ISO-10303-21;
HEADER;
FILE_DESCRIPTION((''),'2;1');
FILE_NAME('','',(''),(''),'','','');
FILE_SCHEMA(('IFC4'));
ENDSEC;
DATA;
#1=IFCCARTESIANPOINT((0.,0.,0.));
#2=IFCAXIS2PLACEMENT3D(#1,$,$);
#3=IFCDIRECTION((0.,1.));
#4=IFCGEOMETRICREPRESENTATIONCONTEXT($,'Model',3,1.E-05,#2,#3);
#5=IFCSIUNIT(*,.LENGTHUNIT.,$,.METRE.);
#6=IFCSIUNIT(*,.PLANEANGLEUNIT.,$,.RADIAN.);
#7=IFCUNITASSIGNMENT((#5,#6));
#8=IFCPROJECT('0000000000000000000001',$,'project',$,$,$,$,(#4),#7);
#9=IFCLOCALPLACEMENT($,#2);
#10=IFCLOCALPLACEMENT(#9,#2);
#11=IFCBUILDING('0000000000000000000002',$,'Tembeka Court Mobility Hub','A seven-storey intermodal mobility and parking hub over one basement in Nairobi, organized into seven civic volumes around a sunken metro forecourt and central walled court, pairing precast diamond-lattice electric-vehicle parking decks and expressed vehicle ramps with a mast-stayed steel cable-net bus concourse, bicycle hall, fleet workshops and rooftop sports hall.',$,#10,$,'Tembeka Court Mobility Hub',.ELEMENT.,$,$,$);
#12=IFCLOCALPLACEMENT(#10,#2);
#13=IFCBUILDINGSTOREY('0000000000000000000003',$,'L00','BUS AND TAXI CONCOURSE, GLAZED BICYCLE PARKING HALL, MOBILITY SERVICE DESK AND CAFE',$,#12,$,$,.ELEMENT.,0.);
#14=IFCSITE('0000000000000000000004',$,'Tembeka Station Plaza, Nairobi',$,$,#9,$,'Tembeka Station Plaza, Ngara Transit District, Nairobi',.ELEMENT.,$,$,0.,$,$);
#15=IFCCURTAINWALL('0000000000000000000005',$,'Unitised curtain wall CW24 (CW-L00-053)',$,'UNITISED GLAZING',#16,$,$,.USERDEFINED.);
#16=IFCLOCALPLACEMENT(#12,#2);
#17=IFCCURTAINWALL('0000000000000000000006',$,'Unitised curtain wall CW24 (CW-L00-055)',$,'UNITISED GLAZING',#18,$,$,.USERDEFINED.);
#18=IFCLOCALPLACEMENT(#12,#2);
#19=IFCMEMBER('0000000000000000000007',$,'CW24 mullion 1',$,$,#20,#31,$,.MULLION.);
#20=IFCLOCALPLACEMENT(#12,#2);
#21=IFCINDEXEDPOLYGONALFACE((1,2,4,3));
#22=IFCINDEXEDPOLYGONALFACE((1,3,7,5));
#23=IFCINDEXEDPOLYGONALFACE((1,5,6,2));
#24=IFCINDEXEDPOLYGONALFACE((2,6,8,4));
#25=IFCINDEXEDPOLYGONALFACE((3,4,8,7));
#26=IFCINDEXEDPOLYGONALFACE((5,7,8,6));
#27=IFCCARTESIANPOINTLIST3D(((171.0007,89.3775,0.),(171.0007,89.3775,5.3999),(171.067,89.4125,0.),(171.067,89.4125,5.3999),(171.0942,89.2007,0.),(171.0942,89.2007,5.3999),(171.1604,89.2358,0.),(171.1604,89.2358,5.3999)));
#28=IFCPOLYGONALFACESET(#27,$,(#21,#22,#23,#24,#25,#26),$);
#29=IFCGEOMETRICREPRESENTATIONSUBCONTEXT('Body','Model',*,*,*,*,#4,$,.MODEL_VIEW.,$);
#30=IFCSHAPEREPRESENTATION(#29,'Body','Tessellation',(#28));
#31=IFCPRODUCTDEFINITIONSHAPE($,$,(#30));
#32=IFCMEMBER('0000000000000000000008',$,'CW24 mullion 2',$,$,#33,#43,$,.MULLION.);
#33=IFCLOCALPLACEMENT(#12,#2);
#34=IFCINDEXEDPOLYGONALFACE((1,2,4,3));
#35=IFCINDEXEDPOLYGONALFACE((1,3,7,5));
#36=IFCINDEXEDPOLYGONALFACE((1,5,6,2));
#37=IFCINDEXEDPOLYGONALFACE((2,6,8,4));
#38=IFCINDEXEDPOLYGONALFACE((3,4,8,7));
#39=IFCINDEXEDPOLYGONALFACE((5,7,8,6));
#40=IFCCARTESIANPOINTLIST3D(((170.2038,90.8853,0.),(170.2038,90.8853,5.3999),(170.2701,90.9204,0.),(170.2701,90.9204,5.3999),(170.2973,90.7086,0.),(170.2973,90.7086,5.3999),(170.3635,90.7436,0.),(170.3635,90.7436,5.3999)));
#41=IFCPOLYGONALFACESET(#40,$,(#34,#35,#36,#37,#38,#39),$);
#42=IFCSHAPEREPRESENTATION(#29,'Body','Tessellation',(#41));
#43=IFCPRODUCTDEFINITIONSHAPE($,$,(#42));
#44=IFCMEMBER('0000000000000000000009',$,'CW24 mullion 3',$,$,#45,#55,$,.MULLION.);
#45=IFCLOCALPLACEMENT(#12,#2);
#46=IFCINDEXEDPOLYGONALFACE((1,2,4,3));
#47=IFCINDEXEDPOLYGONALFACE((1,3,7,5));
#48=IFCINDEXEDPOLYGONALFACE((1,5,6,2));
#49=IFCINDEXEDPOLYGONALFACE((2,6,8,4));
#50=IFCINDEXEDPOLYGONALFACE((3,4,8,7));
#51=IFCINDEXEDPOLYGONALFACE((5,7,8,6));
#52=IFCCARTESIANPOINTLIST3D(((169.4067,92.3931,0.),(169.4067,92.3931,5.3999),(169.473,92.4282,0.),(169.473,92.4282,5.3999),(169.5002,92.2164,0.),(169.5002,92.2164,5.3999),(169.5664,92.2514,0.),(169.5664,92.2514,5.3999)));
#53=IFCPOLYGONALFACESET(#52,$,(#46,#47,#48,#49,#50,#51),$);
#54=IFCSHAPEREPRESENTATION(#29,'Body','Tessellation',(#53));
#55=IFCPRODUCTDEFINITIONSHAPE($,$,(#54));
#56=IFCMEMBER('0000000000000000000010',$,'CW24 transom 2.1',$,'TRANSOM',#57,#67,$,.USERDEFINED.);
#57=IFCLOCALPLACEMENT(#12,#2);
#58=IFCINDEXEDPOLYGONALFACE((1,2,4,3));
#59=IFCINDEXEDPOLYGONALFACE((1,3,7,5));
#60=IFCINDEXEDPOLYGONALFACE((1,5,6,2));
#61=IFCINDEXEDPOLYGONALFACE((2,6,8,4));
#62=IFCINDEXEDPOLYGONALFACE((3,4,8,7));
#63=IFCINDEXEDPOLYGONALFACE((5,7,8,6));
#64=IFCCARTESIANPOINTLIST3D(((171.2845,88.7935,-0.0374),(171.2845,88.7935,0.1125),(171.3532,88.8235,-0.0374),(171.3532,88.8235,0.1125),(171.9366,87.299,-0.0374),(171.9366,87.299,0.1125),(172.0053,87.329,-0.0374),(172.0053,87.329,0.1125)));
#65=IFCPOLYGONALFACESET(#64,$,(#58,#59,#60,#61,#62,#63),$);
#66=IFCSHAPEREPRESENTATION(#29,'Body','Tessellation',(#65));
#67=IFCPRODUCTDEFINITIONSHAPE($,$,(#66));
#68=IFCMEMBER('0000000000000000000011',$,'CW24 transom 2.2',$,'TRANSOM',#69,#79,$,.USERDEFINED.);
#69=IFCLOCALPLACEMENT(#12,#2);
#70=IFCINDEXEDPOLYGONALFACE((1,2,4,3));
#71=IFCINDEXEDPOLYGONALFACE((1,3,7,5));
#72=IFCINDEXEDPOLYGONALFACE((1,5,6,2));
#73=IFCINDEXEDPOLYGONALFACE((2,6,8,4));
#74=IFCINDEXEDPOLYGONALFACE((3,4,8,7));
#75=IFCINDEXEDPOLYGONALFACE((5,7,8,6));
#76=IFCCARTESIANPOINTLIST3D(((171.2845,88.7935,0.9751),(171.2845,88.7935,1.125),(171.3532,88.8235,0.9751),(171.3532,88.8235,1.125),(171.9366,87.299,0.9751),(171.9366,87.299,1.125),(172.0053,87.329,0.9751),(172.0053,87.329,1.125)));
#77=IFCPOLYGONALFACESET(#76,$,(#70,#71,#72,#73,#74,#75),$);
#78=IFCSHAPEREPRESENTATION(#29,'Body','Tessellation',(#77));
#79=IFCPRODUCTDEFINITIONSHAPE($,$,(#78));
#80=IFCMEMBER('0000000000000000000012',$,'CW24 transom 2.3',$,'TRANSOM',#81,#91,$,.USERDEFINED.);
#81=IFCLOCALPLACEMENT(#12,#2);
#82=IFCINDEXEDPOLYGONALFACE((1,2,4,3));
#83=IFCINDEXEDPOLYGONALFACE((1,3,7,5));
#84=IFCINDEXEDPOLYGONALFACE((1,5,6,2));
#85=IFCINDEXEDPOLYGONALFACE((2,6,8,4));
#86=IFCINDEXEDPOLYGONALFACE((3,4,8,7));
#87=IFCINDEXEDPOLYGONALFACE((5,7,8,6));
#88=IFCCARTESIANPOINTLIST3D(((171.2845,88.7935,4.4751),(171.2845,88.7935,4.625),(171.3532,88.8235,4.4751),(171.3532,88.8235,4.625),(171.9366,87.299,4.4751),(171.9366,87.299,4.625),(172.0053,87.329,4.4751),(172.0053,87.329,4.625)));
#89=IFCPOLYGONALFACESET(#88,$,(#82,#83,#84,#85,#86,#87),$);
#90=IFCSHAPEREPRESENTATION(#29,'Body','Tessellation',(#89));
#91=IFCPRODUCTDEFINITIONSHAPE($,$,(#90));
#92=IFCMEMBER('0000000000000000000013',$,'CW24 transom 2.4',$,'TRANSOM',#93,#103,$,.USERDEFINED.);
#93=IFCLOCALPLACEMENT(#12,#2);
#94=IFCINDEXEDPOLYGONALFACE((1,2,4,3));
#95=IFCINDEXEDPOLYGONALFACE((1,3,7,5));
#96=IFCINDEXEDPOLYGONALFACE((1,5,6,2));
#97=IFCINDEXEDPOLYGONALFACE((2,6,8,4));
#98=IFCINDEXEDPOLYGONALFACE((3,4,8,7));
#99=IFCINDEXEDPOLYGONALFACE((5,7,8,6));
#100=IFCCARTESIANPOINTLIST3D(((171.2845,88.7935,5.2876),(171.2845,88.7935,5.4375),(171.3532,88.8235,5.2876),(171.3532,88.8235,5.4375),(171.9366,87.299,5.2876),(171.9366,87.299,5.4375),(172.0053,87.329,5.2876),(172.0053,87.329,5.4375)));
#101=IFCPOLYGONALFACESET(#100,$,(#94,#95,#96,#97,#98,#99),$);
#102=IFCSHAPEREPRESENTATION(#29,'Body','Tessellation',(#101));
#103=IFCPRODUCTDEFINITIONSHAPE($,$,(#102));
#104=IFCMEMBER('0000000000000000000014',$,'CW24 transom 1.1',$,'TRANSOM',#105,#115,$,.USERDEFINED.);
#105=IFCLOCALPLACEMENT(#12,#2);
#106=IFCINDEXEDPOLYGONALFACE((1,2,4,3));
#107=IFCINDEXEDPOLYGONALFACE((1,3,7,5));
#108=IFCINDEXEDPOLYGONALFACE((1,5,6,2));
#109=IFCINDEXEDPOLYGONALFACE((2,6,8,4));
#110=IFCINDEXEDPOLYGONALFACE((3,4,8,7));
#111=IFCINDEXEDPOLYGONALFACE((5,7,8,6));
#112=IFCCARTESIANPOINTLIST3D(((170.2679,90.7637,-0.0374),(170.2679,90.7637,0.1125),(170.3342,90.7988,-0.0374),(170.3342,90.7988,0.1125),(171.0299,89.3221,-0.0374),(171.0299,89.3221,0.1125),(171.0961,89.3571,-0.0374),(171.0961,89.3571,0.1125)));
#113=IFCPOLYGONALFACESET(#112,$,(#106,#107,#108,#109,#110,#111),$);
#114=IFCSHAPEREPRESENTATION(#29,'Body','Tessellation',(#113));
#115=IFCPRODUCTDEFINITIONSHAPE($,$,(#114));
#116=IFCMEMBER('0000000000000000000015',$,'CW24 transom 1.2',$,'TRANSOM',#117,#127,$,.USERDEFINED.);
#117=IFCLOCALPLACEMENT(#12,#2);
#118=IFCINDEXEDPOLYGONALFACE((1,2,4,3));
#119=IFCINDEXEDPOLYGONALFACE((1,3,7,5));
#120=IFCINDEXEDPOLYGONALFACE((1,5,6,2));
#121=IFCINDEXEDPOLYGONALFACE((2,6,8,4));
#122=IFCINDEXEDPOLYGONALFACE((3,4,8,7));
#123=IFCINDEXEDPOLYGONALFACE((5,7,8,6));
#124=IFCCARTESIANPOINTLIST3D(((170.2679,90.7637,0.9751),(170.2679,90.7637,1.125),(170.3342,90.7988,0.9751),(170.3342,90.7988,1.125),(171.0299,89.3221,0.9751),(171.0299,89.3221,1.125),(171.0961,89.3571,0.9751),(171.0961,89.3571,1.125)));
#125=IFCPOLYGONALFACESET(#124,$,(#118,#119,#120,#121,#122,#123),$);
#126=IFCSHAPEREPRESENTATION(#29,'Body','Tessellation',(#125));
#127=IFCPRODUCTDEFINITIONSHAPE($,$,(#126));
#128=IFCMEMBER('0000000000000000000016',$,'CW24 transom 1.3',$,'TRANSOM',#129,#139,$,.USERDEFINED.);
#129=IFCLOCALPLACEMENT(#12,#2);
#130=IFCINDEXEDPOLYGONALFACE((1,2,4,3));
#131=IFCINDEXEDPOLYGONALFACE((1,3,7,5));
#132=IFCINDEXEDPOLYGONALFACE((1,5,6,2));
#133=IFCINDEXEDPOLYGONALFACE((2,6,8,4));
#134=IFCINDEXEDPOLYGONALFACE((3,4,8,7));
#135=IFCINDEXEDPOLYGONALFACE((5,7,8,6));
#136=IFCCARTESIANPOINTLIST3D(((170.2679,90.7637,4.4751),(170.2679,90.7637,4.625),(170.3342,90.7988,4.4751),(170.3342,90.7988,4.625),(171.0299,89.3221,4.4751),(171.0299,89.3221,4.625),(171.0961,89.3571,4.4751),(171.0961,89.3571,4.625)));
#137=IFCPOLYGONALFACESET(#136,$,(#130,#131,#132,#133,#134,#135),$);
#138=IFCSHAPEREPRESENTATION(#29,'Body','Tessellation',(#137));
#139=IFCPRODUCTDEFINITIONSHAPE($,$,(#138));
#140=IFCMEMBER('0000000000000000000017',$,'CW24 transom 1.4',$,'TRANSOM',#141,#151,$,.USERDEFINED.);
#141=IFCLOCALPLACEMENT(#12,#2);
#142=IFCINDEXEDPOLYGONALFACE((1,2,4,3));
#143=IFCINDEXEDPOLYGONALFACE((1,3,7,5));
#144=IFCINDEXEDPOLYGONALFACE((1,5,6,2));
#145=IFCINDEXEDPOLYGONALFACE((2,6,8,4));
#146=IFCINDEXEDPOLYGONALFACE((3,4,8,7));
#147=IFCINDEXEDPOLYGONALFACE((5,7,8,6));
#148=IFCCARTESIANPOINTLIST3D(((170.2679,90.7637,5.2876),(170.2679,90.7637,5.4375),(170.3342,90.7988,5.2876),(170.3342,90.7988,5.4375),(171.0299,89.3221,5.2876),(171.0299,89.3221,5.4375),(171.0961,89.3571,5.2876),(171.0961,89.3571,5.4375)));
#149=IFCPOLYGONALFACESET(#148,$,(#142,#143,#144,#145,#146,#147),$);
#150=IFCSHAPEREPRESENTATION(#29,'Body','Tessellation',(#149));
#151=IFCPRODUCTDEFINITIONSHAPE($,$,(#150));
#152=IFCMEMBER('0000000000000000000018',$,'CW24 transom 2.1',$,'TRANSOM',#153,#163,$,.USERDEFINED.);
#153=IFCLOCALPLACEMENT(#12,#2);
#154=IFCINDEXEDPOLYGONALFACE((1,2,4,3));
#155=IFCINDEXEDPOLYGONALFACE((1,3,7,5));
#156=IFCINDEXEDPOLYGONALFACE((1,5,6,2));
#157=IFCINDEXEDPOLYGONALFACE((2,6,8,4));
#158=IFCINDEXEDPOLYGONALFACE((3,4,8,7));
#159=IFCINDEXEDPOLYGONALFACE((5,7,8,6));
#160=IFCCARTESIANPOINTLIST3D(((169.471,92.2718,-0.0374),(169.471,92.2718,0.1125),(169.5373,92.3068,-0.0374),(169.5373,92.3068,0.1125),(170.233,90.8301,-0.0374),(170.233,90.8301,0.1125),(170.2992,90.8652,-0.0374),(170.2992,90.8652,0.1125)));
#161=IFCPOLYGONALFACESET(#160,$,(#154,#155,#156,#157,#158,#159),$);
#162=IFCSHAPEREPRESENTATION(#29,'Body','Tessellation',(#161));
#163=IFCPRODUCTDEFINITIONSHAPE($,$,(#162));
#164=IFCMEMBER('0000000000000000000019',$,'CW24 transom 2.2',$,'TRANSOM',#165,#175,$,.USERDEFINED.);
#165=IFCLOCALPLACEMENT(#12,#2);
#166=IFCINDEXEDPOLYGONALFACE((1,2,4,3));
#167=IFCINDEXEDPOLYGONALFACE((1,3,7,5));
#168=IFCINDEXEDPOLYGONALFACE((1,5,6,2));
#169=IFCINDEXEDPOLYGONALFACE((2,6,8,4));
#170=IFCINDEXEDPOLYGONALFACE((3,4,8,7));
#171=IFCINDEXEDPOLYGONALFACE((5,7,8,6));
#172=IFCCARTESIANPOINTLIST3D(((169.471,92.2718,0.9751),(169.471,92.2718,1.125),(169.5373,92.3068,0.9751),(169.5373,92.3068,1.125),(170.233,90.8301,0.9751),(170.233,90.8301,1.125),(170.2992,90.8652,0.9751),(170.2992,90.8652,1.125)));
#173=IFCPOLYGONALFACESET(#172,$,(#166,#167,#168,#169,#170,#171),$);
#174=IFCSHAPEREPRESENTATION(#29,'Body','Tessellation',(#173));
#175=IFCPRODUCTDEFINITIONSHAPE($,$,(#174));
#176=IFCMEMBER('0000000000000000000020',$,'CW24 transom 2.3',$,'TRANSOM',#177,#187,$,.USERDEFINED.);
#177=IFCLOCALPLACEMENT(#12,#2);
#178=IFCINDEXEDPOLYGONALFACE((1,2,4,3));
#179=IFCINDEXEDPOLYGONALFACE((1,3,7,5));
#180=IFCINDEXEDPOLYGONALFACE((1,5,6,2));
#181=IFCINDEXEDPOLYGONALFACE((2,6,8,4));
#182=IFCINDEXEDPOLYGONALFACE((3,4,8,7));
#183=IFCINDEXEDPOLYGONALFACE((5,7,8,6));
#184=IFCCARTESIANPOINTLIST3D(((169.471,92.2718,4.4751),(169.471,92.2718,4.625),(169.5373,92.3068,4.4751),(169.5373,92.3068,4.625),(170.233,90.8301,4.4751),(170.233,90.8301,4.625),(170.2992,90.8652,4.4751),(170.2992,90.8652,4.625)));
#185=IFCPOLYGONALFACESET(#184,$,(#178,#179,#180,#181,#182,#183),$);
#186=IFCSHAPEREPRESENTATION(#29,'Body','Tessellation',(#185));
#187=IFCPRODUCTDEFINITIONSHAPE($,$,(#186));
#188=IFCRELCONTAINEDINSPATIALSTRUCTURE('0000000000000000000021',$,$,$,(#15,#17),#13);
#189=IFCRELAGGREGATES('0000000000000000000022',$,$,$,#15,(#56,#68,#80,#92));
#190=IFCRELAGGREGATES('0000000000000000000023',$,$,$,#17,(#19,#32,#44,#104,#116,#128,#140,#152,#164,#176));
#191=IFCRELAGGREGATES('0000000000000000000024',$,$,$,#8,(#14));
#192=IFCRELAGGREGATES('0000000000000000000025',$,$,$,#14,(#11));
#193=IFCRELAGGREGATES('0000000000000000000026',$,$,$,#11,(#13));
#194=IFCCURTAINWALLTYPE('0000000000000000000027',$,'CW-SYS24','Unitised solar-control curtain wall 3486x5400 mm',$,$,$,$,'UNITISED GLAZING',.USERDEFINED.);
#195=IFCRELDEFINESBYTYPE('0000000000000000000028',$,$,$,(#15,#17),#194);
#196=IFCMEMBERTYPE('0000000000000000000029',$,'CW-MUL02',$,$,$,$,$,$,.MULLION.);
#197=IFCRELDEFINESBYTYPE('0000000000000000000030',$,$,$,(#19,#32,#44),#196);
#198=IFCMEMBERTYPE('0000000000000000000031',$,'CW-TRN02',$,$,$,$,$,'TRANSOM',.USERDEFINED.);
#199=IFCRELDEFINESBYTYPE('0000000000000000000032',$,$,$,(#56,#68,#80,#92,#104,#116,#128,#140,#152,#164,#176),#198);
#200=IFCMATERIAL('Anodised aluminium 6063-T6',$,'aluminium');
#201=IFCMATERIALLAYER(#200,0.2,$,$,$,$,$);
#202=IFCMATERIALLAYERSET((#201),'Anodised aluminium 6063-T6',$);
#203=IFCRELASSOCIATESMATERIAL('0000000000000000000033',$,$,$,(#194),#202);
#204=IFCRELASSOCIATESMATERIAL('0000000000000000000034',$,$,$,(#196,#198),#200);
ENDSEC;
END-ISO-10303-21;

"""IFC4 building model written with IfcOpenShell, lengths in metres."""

from ifc_helpers import new_model, si_unit, direction, frame, origin, origin_2d, place, context, subcontext, project, spatial, rectangle, extrude, material, layer, layer_set, material_profile, profile_set, type_object, element, aggregate, save


model = new_model("IFC4")

# Units and contexts
model_context = context("Model", 3, precision=1e-05, world=origin(), true_north=direction((0.0, 1.0)))
body_context = subcontext(model_context, "Body", "Model", "MODEL_VIEW")
ifc_project = project(units=[si_unit("LENGTHUNIT", "METRE"), si_unit("PLANEANGLEUNIT", "RADIAN")], contexts=[model_context])

# Site, building, storey
site_placement = place(None, origin())
site = spatial("IfcSite", under=ifc_project, at=site_placement, Name="Tembeka Station Plaza, Nairobi", LongName="Tembeka Station Plaza, Ngara Transit District, Nairobi", CompositionType="ELEMENT", RefElevation=0.0)
building_placement = place(site_placement, origin())
building = spatial("IfcBuilding", under=site, at=building_placement, Name="Tembeka Court Mobility Hub", Description="A seven-storey intermodal mobility and parking hub over one basement in Nairobi, organized into seven civic volumes around a sunken metro forecourt and central walled court, pairing precast diamond-lattice electric-vehicle parking decks and expressed vehicle ramps with a mast-stayed steel cable-net bus concourse, bicycle hall, fleet workshops and rooftop sports hall.", LongName="Tembeka Court Mobility Hub", CompositionType="ELEMENT")
storey_placement = place(building_placement, origin())
storey = spatial("IfcBuildingStorey", under=building, at=storey_placement, Name="L00", Description="BUS AND TAXI CONCOURSE, GLAZED BICYCLE PARKING HALL, MOBILITY SERVICE DESK AND CAFE", CompositionType="ELEMENT", Elevation=0.0)

# Curtain walls, members
ifc_material_1 = material(Name="Anodised aluminium 6063-T6", Category="aluminium")
ifc_layer_1 = layer(ifc_material_1, 0.2)
ifc_layer_set_1 = layer_set([ifc_layer_1], Name="Anodised aluminium 6063-T6")
curtain_wall_type = type_object("IfcCurtainWallType", Name="CW-SYS24", Description="Unitised solar-control curtain wall 3486x5400 mm", ElementType="UNITISED GLAZING", PredefinedType="USERDEFINED", material=ifc_layer_set_1)
curtain_wall_1_placement = place(storey_placement, origin())
curtain_wall_1 = element("IfcCurtainWall", 1, at=curtain_wall_1_placement, inside=storey, type_object=curtain_wall_type, Name="Unitised curtain wall CW24 (CW-L00-053)", ObjectType="UNITISED GLAZING", PredefinedType="USERDEFINED")
ifc_material_profile_1 = material_profile(ifc_material_1, rectangle(XDim=0.075, YDim=0.2, at=origin_2d()), Name="ALU-MUL 75x200")
ifc_profile_set_1 = profile_set([ifc_material_profile_1], Name="Anodised aluminium 6063-T6")
member_type_1 = type_object("IfcMemberType", Name="CW-MUL02", PredefinedType="MULLION", material=ifc_profile_set_1)
curtain_wall_2_placement = place(storey_placement, origin())
curtain_wall_2 = element("IfcCurtainWall", 2, at=curtain_wall_2_placement, inside=storey, type_object=curtain_wall_type, Name="Unitised curtain wall CW24 (CW-L00-055)", ObjectType="UNITISED GLAZING", PredefinedType="USERDEFINED")
member_1_placement = place(storey_placement, frame((171.0806, 89.3066, 0.0), z_axis=(0.0, 0.0, 1.0), x_axis=(-0.884108, -0.467283, 0.0)))
member_1 = element("IfcMember", 3, at=member_1_placement, type_object=member_type_1, Name="CW24 mullion 1", PredefinedType="MULLION", context=body_context, shape_type="SweptSolid", body=[
    extrude(rectangle(XDim=0.075, YDim=0.2, at=origin_2d()), origin(), (0.0, 0.0, 1.0), 5.3999),
])
member_2_placement = place(storey_placement, frame((170.2837, 90.8145, 0.0), z_axis=(0.0, 0.0, 1.0), x_axis=(-0.884108, -0.467283, 0.0)))
member_2 = element("IfcMember", 4, at=member_2_placement, type_object=member_type_1, Name="CW24 mullion 2", PredefinedType="MULLION", context=body_context, shape_type="SweptSolid", body=[
    extrude(rectangle(XDim=0.075, YDim=0.2, at=origin_2d()), origin(), (0.0, 0.0, 1.0), 5.3999),
])
member_3_placement = place(storey_placement, frame((169.4866, 92.3223, 0.0), z_axis=(0.0, 0.0, 1.0), x_axis=(-0.884108, -0.467283, 0.0)))
member_3 = element("IfcMember", 5, at=member_3_placement, type_object=member_type_1, Name="CW24 mullion 3", PredefinedType="MULLION", context=body_context, shape_type="SweptSolid", body=[
    extrude(rectangle(XDim=0.075, YDim=0.2, at=origin_2d()), origin(), (0.0, 0.0, 1.0), 5.3999),
])

# Members
ifc_material_profile_2 = material_profile(ifc_material_1, rectangle(XDim=0.075, YDim=0.1499, at=origin_2d()), Name="ALU-TRN 75x150")
ifc_profile_set_2 = profile_set([ifc_material_profile_2], Name="Anodised aluminium 6063-T6")
member_type_2 = type_object("IfcMemberType", Name="CW-TRN02", ElementType="TRANSOM", PredefinedType="USERDEFINED", material=ifc_profile_set_2)
member_4_placement = place(storey_placement, frame((171.9709, 87.314, 0.0376), z_axis=(-0.399892, 0.916562, 0.0), x_axis=(-0.916562, -0.399892, 0.0)))
member_4 = element("IfcMember", 6, at=member_4_placement, type_object=member_type_2, Name="CW24 transom 2.1", ObjectType="TRANSOM", PredefinedType="USERDEFINED", context=body_context, shape_type="SweptSolid", body=[
    extrude(rectangle(XDim=0.075, YDim=0.1499, at=origin_2d()), origin(), (0.0, 0.0, 1.0), 1.6306),
])
member_5_placement = place(storey_placement, frame((171.9709, 87.314, 1.05), z_axis=(-0.399892, 0.916562, 0.0), x_axis=(-0.916562, -0.399892, 0.0)))
member_5 = element("IfcMember", 7, at=member_5_placement, type_object=member_type_2, Name="CW24 transom 2.2", ObjectType="TRANSOM", PredefinedType="USERDEFINED", context=body_context, shape_type="SweptSolid", body=[
    extrude(rectangle(XDim=0.075, YDim=0.1499, at=origin_2d()), origin(), (0.0, 0.0, 1.0), 1.6306),
])
member_6_placement = place(storey_placement, frame((171.9709, 87.314, 4.55), z_axis=(-0.399892, 0.916562, 0.0), x_axis=(-0.916562, -0.399892, 0.0)))
member_6 = element("IfcMember", 8, at=member_6_placement, type_object=member_type_2, Name="CW24 transom 2.3", ObjectType="TRANSOM", PredefinedType="USERDEFINED", context=body_context, shape_type="SweptSolid", body=[
    extrude(rectangle(XDim=0.075, YDim=0.1499, at=origin_2d()), origin(), (0.0, 0.0, 1.0), 1.6306),
])
member_7_placement = place(storey_placement, frame((171.9709, 87.314, 5.3625), z_axis=(-0.399892, 0.916562, 0.0), x_axis=(-0.916562, -0.399892, 0.0)))
member_7 = element("IfcMember", 9, at=member_7_placement, type_object=member_type_2, Name="CW24 transom 2.4", ObjectType="TRANSOM", PredefinedType="USERDEFINED", context=body_context, shape_type="SweptSolid", body=[
    extrude(rectangle(XDim=0.075, YDim=0.1499, at=origin_2d()), origin(), (0.0, 0.0, 1.0), 1.6306),
])
member_8_placement = place(storey_placement, frame((171.063, 89.3396, 0.0376), z_axis=(-0.467282, 0.884108, 0.0), x_axis=(-0.884108, -0.467282, 0.0)))
member_8 = element("IfcMember", 10, at=member_8_placement, type_object=member_type_2, Name="CW24 transom 1.1", ObjectType="TRANSOM", PredefinedType="USERDEFINED", context=body_context, shape_type="SweptSolid", body=[
    extrude(rectangle(XDim=0.075, YDim=0.1499, at=origin_2d()), origin(), (0.0, 0.0, 1.0), 1.6306),
])
member_9_placement = place(storey_placement, frame((171.063, 89.3396, 1.05), z_axis=(-0.467282, 0.884108, 0.0), x_axis=(-0.884108, -0.467282, 0.0)))
member_9 = element("IfcMember", 11, at=member_9_placement, type_object=member_type_2, Name="CW24 transom 1.2", ObjectType="TRANSOM", PredefinedType="USERDEFINED", context=body_context, shape_type="SweptSolid", body=[
    extrude(rectangle(XDim=0.075, YDim=0.1499, at=origin_2d()), origin(), (0.0, 0.0, 1.0), 1.6306),
])
member_10_placement = place(storey_placement, frame((171.063, 89.3396, 4.55), z_axis=(-0.467282, 0.884108, 0.0), x_axis=(-0.884108, -0.467282, 0.0)))
member_10 = element("IfcMember", 12, at=member_10_placement, type_object=member_type_2, Name="CW24 transom 1.3", ObjectType="TRANSOM", PredefinedType="USERDEFINED", context=body_context, shape_type="SweptSolid", body=[
    extrude(rectangle(XDim=0.075, YDim=0.1499, at=origin_2d()), origin(), (0.0, 0.0, 1.0), 1.6306),
])
member_11_placement = place(storey_placement, frame((171.063, 89.3396, 5.3625), z_axis=(-0.467282, 0.884108, 0.0), x_axis=(-0.884108, -0.467282, 0.0)))
member_11 = element("IfcMember", 13, at=member_11_placement, type_object=member_type_2, Name="CW24 transom 1.4", ObjectType="TRANSOM", PredefinedType="USERDEFINED", context=body_context, shape_type="SweptSolid", body=[
    extrude(rectangle(XDim=0.075, YDim=0.1499, at=origin_2d()), origin(), (0.0, 0.0, 1.0), 1.6306),
])
member_12_placement = place(storey_placement, frame((170.2661, 90.8477, 0.0376), z_axis=(-0.467282, 0.884108, 0.0), x_axis=(-0.884108, -0.467282, 0.0)))
member_12 = element("IfcMember", 14, at=member_12_placement, type_object=member_type_2, Name="CW24 transom 2.1", ObjectType="TRANSOM", PredefinedType="USERDEFINED", context=body_context, shape_type="SweptSolid", body=[
    extrude(rectangle(XDim=0.075, YDim=0.1499, at=origin_2d()), origin(), (0.0, 0.0, 1.0), 1.6306),
])
member_13_placement = place(storey_placement, frame((170.2661, 90.8477, 1.05), z_axis=(-0.467282, 0.884108, 0.0), x_axis=(-0.884108, -0.467282, 0.0)))
member_13 = element("IfcMember", 15, at=member_13_placement, type_object=member_type_2, Name="CW24 transom 2.2", ObjectType="TRANSOM", PredefinedType="USERDEFINED", context=body_context, shape_type="SweptSolid", body=[
    extrude(rectangle(XDim=0.075, YDim=0.1499, at=origin_2d()), origin(), (0.0, 0.0, 1.0), 1.6306),
])
member_14_placement = place(storey_placement, frame((170.2661, 90.8477, 4.55), z_axis=(-0.467282, 0.884108, 0.0), x_axis=(-0.884108, -0.467282, 0.0)))
member_14 = element("IfcMember", 16, at=member_14_placement, type_object=member_type_2, Name="CW24 transom 2.3", ObjectType="TRANSOM", PredefinedType="USERDEFINED", context=body_context, shape_type="SweptSolid", body=[
    extrude(rectangle(XDim=0.075, YDim=0.1499, at=origin_2d()), origin(), (0.0, 0.0, 1.0), 1.6306),
])

aggregate(curtain_wall_1, [member_4, member_5, member_6, member_7])
aggregate(curtain_wall_2, [member_1, member_2, member_3, member_8, member_9, member_10, member_11, member_12, member_13, member_14])

save(model, "model.ifc")
